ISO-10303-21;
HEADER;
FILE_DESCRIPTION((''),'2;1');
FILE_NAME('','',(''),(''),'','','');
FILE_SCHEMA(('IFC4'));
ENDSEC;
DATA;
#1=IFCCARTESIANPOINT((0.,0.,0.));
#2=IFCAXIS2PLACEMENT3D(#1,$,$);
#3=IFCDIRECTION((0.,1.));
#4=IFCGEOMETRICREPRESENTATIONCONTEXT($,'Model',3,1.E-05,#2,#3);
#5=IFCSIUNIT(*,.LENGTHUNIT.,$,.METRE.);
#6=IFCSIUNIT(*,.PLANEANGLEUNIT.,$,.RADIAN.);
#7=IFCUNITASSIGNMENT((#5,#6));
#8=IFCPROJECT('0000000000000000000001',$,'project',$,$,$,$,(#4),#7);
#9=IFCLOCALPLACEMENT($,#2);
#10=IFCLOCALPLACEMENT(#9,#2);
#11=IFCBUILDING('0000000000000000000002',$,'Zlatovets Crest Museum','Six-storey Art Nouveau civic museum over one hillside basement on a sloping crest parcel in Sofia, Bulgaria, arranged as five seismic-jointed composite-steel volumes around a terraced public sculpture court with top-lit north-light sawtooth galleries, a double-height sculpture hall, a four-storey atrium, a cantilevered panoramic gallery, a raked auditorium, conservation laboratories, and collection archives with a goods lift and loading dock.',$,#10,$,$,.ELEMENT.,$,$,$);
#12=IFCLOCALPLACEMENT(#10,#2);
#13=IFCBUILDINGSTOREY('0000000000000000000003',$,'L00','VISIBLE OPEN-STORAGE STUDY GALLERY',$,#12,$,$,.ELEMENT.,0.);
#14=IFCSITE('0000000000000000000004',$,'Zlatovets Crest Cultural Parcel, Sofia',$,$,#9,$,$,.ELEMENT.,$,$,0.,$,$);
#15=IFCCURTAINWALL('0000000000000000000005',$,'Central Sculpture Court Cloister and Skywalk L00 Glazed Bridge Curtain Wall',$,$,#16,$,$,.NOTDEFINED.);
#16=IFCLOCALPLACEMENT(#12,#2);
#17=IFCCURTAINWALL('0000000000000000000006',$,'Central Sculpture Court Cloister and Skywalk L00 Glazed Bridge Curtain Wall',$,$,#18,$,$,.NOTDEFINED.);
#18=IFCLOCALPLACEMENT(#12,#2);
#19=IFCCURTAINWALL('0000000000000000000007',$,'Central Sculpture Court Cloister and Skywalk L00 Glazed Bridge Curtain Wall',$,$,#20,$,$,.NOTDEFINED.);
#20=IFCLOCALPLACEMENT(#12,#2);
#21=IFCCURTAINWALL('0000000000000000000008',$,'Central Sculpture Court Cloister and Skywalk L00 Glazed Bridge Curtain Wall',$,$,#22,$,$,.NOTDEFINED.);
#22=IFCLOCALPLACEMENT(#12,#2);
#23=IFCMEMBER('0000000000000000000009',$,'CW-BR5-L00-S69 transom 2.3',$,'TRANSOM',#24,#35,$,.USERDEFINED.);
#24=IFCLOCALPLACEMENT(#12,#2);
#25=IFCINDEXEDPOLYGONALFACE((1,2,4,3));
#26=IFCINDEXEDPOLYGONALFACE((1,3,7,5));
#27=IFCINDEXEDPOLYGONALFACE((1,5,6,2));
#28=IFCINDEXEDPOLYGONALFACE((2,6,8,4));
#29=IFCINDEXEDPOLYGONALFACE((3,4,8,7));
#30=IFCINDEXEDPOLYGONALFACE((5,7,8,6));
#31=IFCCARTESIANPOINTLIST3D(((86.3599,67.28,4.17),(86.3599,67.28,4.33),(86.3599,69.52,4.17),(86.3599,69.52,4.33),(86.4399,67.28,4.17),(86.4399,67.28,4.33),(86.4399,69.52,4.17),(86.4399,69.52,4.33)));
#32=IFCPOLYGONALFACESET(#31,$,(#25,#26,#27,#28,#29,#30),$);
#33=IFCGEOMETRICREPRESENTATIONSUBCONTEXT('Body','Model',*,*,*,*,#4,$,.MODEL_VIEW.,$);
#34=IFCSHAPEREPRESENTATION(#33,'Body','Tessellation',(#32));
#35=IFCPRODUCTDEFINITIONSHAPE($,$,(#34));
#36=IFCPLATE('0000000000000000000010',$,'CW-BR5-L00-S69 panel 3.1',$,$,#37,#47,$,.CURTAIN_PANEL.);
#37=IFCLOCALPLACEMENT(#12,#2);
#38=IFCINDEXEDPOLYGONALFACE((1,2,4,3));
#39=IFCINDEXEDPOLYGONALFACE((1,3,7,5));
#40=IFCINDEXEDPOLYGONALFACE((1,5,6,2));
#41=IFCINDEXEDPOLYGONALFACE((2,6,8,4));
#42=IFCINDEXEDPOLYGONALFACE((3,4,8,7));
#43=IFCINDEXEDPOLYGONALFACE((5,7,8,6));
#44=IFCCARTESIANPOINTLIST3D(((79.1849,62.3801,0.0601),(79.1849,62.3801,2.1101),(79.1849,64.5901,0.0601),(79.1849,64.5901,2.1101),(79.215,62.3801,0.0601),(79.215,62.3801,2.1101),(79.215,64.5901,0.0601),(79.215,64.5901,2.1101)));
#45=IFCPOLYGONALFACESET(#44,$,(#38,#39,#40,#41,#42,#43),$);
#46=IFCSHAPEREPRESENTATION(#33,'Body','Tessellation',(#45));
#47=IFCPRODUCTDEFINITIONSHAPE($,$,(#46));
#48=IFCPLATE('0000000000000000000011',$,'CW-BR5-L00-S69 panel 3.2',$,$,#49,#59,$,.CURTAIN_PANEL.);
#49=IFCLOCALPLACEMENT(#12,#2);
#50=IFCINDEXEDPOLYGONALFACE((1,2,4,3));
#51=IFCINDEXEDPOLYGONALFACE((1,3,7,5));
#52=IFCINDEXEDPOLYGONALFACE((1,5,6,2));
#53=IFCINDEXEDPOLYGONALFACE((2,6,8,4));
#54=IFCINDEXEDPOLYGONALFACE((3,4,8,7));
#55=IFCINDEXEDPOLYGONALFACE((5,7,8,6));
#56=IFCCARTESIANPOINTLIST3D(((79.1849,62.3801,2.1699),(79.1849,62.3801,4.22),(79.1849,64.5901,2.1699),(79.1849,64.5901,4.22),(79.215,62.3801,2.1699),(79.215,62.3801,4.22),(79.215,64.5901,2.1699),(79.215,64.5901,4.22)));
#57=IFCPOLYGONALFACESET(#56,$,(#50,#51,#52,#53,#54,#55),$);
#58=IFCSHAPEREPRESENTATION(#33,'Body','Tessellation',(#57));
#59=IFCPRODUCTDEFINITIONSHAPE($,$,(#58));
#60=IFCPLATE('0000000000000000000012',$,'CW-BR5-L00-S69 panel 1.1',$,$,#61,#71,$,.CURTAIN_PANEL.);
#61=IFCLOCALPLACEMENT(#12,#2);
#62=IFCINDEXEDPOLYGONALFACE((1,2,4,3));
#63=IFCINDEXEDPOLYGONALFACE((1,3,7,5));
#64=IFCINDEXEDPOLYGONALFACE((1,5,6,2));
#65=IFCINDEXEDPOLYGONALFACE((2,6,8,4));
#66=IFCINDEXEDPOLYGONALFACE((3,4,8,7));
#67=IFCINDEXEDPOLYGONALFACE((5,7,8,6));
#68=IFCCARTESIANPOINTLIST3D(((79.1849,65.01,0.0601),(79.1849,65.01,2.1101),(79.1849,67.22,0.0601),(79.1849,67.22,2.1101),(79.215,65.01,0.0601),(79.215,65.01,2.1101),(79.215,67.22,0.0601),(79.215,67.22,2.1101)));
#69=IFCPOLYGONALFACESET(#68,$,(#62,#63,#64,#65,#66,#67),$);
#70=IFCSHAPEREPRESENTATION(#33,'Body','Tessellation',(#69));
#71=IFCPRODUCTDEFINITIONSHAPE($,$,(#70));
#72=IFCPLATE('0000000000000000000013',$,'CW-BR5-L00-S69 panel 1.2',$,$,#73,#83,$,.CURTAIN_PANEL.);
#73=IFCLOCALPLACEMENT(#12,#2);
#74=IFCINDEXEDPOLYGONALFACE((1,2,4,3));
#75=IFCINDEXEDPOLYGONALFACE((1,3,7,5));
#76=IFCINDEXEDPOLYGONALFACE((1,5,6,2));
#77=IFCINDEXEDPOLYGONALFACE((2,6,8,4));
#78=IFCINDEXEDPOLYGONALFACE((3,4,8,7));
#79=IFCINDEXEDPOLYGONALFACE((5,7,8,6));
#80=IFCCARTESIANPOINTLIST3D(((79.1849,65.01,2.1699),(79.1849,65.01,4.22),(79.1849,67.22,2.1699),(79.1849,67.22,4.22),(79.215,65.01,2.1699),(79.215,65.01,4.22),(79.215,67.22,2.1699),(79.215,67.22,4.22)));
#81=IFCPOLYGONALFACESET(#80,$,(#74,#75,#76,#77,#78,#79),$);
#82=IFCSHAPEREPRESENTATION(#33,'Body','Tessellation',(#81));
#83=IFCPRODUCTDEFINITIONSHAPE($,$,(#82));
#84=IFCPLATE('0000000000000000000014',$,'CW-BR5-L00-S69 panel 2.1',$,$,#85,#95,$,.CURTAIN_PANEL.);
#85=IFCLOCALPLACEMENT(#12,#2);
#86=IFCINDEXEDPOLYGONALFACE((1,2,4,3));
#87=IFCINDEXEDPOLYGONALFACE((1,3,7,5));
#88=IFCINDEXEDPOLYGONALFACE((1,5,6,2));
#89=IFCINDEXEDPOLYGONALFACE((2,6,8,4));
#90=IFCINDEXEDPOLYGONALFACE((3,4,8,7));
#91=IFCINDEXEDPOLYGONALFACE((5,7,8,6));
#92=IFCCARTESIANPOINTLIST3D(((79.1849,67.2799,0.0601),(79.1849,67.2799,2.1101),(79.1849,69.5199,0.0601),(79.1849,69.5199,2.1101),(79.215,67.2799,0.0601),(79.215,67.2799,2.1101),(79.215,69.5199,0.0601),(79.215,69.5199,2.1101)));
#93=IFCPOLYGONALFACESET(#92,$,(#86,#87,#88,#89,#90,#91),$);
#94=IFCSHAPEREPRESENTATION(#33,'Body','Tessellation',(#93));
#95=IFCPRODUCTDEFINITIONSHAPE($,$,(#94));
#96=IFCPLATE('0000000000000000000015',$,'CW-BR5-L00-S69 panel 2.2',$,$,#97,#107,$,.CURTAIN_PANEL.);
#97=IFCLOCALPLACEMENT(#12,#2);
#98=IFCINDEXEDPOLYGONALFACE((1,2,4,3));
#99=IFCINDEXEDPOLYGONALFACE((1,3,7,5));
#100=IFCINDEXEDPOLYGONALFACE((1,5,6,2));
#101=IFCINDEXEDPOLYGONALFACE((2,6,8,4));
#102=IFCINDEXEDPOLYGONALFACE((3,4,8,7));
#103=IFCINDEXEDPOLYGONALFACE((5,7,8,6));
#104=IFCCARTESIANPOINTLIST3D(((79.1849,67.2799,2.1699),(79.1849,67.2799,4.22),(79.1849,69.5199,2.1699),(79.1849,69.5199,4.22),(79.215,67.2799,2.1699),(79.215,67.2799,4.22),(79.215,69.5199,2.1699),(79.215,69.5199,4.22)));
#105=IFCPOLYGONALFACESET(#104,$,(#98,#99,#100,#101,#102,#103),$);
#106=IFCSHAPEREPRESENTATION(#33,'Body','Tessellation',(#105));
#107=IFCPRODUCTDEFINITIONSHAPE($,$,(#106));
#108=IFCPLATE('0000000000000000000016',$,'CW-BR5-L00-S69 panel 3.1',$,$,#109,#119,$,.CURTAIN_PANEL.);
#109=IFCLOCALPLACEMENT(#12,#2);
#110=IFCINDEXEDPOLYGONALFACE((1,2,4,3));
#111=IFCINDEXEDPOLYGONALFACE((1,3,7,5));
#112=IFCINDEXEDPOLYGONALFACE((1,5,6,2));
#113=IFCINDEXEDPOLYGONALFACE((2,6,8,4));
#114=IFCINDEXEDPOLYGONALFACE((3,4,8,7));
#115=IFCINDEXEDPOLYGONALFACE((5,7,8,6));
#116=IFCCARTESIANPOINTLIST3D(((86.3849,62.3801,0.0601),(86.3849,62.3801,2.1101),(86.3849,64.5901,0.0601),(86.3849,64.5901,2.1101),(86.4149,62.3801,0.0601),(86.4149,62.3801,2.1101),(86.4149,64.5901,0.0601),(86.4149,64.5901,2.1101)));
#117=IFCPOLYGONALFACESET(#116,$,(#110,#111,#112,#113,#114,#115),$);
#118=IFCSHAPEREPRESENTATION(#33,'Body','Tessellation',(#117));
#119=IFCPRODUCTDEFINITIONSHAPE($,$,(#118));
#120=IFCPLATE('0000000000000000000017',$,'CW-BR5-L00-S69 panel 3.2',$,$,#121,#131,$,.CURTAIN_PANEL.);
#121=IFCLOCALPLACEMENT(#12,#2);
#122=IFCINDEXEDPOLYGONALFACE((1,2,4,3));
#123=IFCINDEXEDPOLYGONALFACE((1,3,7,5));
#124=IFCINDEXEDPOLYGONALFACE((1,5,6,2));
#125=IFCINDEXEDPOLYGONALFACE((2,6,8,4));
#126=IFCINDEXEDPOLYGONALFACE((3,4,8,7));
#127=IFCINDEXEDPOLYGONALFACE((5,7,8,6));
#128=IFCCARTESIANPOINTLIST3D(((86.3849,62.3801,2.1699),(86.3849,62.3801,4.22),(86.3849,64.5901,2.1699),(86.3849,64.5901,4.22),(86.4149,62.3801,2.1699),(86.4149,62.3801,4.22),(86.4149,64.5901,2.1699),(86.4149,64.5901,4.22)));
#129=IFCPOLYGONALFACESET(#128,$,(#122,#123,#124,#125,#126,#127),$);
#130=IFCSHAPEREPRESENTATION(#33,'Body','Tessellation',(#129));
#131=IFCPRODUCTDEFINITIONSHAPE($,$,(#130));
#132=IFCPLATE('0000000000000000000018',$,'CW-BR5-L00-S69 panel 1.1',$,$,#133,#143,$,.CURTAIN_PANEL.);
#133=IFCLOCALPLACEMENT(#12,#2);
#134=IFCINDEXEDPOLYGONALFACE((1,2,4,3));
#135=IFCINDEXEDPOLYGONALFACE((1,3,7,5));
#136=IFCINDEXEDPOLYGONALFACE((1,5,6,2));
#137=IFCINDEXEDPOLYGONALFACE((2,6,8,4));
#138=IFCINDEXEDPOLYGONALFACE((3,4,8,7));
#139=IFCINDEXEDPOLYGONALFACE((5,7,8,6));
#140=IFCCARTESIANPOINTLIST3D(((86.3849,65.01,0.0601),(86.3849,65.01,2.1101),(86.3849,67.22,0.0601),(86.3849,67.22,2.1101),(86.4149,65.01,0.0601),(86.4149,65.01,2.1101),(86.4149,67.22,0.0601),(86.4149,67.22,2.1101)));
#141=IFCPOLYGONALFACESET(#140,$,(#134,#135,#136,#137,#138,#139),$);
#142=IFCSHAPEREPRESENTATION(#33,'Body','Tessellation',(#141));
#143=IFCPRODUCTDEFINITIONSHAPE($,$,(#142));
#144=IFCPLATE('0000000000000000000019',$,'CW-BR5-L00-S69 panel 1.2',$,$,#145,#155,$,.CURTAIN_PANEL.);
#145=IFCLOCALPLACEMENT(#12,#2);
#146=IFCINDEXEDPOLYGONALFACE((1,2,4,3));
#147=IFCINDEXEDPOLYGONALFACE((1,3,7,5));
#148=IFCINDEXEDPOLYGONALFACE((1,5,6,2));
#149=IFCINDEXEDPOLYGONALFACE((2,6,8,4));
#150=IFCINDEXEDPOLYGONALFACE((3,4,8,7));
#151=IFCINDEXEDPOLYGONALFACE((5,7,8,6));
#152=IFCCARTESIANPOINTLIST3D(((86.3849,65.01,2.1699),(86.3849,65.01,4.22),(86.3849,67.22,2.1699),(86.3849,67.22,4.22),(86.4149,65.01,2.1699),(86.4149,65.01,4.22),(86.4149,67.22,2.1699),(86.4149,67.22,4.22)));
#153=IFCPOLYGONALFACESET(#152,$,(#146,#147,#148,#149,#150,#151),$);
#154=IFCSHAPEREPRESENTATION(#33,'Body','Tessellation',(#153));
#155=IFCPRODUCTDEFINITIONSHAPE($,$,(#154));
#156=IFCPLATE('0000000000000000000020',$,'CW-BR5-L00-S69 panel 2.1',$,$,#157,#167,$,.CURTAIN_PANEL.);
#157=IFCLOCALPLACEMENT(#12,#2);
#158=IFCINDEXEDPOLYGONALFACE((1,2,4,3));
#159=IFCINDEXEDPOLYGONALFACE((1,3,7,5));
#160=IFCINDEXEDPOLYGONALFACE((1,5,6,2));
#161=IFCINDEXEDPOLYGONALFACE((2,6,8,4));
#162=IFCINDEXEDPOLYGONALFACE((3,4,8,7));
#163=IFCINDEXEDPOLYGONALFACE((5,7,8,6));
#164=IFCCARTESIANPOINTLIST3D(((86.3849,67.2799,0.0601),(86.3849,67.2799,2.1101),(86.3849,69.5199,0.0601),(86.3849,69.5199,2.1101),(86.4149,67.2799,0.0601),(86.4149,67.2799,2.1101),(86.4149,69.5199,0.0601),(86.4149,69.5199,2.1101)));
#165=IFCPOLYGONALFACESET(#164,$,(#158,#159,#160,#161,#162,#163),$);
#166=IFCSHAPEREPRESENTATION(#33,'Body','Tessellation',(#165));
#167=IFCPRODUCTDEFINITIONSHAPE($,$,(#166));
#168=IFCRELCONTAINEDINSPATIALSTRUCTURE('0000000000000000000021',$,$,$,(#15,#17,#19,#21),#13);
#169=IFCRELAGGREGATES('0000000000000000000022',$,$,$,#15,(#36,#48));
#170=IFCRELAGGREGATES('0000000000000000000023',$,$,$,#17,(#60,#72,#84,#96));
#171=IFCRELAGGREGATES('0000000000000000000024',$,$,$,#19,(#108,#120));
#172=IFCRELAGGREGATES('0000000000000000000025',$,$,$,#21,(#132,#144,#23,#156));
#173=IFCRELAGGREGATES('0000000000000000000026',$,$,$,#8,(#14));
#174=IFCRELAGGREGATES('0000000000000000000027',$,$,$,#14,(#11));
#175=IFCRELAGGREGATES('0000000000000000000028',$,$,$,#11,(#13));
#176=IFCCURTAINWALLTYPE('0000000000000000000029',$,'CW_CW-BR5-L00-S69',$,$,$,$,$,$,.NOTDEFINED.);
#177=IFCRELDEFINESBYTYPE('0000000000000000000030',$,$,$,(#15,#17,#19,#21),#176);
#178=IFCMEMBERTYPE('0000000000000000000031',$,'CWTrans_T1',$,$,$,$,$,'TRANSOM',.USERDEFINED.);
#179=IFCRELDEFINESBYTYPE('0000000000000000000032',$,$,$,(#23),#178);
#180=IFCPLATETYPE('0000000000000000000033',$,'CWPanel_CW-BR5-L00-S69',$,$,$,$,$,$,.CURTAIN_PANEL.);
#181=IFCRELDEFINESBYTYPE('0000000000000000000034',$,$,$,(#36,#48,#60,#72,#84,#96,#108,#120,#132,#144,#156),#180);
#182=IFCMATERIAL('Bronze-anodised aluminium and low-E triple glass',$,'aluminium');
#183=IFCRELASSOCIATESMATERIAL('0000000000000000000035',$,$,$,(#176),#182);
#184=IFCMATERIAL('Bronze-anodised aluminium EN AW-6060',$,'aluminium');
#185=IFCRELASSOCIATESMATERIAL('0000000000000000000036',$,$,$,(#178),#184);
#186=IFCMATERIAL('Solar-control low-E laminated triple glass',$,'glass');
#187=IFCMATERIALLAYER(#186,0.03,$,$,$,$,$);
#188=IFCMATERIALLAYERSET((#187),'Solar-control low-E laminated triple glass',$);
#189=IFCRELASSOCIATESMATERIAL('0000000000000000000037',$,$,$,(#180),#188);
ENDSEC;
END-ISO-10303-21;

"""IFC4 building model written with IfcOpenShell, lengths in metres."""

from ifc_helpers import new_model, si_unit, direction, frame, origin, origin_2d, place, context, subcontext, project, spatial, rectangle, extrude, material, layer, layer_set, material_profile, profile_set, type_object, element, aggregate, save


model = new_model("IFC4")

# Units and contexts
model_context = context("Model", 3, precision=1e-05, world=origin(), true_north=direction((0.0, 1.0)))
body_context = subcontext(model_context, "Body", "Model", "MODEL_VIEW")
ifc_project = project(units=[si_unit("LENGTHUNIT", "METRE"), si_unit("PLANEANGLEUNIT", "RADIAN")], contexts=[model_context])

# Site, building, storey
site_placement = place(None, origin())
site = spatial("IfcSite", under=ifc_project, at=site_placement, Name="Zlatovets Crest Cultural Parcel, Sofia", CompositionType="ELEMENT", RefElevation=0.0)
building_placement = place(site_placement, origin())
building = spatial("IfcBuilding", under=site, at=building_placement, Name="Zlatovets Crest Museum", Description="Six-storey Art Nouveau civic museum over one hillside basement on a sloping crest parcel in Sofia, Bulgaria, arranged as five seismic-jointed composite-steel volumes around a terraced public sculpture court with top-lit north-light sawtooth galleries, a double-height sculpture hall, a four-storey atrium, a cantilevered panoramic gallery, a raked auditorium, conservation laboratories, and collection archives with a goods lift and loading dock.", CompositionType="ELEMENT")
storey_placement = place(building_placement, origin())
storey = spatial("IfcBuildingStorey", under=building, at=storey_placement, Name="L00", Description="VISIBLE OPEN-STORAGE STUDY GALLERY", CompositionType="ELEMENT", Elevation=0.0)

# Curtain wall
ifc_material_1 = material(Name="Bronze-anodised aluminium and low-E triple glass", Category="aluminium")
curtain_wall_type = type_object("IfcCurtainWallType", Name="CW_CW-BR5-L00-S69", PredefinedType="NOTDEFINED", material=ifc_material_1)
curtain_wall_1_placement = place(storey_placement, origin())
curtain_wall_1 = element("IfcCurtainWall", 1, at=curtain_wall_1_placement, inside=storey, type_object=curtain_wall_type, Name="Central Sculpture Court Cloister and Skywalk L00 Glazed Bridge Curtain Wall", PredefinedType="NOTDEFINED")
ifc_material_2 = material(Name="Bronze-anodised aluminium EN AW-6060", Category="aluminium")

# Curtain wall
curtain_wall_2_placement = place(storey_placement, origin())
curtain_wall_2 = element("IfcCurtainWall", 2, at=curtain_wall_2_placement, inside=storey, type_object=curtain_wall_type, Name="Central Sculpture Court Cloister and Skywalk L00 Glazed Bridge Curtain Wall", PredefinedType="NOTDEFINED")

# Curtain wall
curtain_wall_3_placement = place(storey_placement, origin())
curtain_wall_3 = element("IfcCurtainWall", 3, at=curtain_wall_3_placement, inside=storey, type_object=curtain_wall_type, Name="Central Sculpture Court Cloister and Skywalk L00 Glazed Bridge Curtain Wall", PredefinedType="NOTDEFINED")

# Curtain wall
curtain_wall_4_placement = place(storey_placement, origin())
curtain_wall_4 = element("IfcCurtainWall", 4, at=curtain_wall_4_placement, inside=storey, type_object=curtain_wall_type, Name="Central Sculpture Court Cloister and Skywalk L00 Glazed Bridge Curtain Wall", PredefinedType="NOTDEFINED")

# Member
ifc_material_profile_1 = material_profile(ifc_material_2, rectangle(XDim=0.0801, YDim=0.1599, at=origin_2d()), Name="ALU 80x160")
ifc_profile_set_1 = profile_set([ifc_material_profile_1], Name="Bronze-anodised aluminium EN AW-6060")
member_type_1 = type_object("IfcMemberType", Name="CWTrans_T1", ElementType="TRANSOM", PredefinedType="USERDEFINED", material=ifc_profile_set_1)
member_1_placement = place(storey_placement, frame((86.3999, 67.28, 4.25), z_axis=(0.0, 1.0, 0.0), x_axis=(-1.0, 0.0, 0.0)))
member_1 = element("IfcMember", 5, at=member_1_placement, type_object=member_type_1, Name="CW-BR5-L00-S69 transom 2.3", ObjectType="TRANSOM", PredefinedType="USERDEFINED", context=body_context, shape_type="SweptSolid", body=[
    extrude(rectangle(XDim=0.0801, YDim=0.1599, at=origin_2d()), origin(), (0.0, 0.0, 1.0), 2.24),
])

# Plates
ifc_material_3 = material(Name="Solar-control low-E laminated triple glass", Category="glass")
ifc_layer = layer(ifc_material_3, 0.03)
ifc_layer_set = layer_set([ifc_layer], Name="Solar-control low-E laminated triple glass")
plate_type = type_object("IfcPlateType", Name="CWPanel_CW-BR5-L00-S69", PredefinedType="CURTAIN_PANEL", material=ifc_layer_set)
plate_1_placement = place(storey_placement, frame((79.2, 63.4851, 0.0601), z_axis=(0.0, 0.0, 1.0), x_axis=(0.0, 1.0, 0.0)))
plate_1 = element("IfcPlate", 6, at=plate_1_placement, type_object=plate_type, Name="CW-BR5-L00-S69 panel 3.1", PredefinedType="CURTAIN_PANEL", context=body_context, shape_type="SweptSolid", body=[
    extrude(rectangle(XDim=2.21, YDim=0.03, at=origin_2d()), origin(), (0.0, 0.0, 1.0), 2.05),
])
plate_2_placement = place(storey_placement, frame((79.2, 63.4851, 2.1699), z_axis=(0.0, 0.0, 1.0), x_axis=(0.0, 1.0, 0.0)))
plate_2 = element("IfcPlate", 7, at=plate_2_placement, type_object=plate_type, Name="CW-BR5-L00-S69 panel 3.2", PredefinedType="CURTAIN_PANEL", context=body_context, shape_type="SweptSolid", body=[
    extrude(rectangle(XDim=2.21, YDim=0.03, at=origin_2d()), origin(), (0.0, 0.0, 1.0), 2.05),
])
aggregate(curtain_wall_1, [plate_1, plate_2])
plate_3_placement = place(storey_placement, frame((79.2, 66.115, 0.0601), z_axis=(0.0, 0.0, 1.0), x_axis=(0.0, 1.0, 0.0)))
plate_3 = element("IfcPlate", 8, at=plate_3_placement, type_object=plate_type, Name="CW-BR5-L00-S69 panel 1.1", PredefinedType="CURTAIN_PANEL", context=body_context, shape_type="SweptSolid", body=[
    extrude(rectangle(XDim=2.21, YDim=0.03, at=origin_2d()), origin(), (0.0, 0.0, 1.0), 2.05),
])
plate_4_placement = place(storey_placement, frame((79.2, 66.115, 2.1699), z_axis=(0.0, 0.0, 1.0), x_axis=(0.0, 1.0, 0.0)))
plate_4 = element("IfcPlate", 9, at=plate_4_placement, type_object=plate_type, Name="CW-BR5-L00-S69 panel 1.2", PredefinedType="CURTAIN_PANEL", context=body_context, shape_type="SweptSolid", body=[
    extrude(rectangle(XDim=2.21, YDim=0.03, at=origin_2d()), origin(), (0.0, 0.0, 1.0), 2.05),
])
plate_5_placement = place(storey_placement, frame((79.2, 68.3999, 0.0601), z_axis=(0.0, 0.0, 1.0), x_axis=(0.0, 1.0, 0.0)))
plate_5 = element("IfcPlate", 10, at=plate_5_placement, type_object=plate_type, Name="CW-BR5-L00-S69 panel 2.1", PredefinedType="CURTAIN_PANEL", context=body_context, shape_type="SweptSolid", body=[
    extrude(rectangle(XDim=2.24, YDim=0.03, at=origin_2d()), origin(), (0.0, 0.0, 1.0), 2.05),
])
plate_6_placement = place(storey_placement, frame((79.2, 68.3999, 2.1699), z_axis=(0.0, 0.0, 1.0), x_axis=(0.0, 1.0, 0.0)))
plate_6 = element("IfcPlate", 11, at=plate_6_placement, type_object=plate_type, Name="CW-BR5-L00-S69 panel 2.2", PredefinedType="CURTAIN_PANEL", context=body_context, shape_type="SweptSolid", body=[
    extrude(rectangle(XDim=2.24, YDim=0.03, at=origin_2d()), origin(), (0.0, 0.0, 1.0), 2.05),
])
aggregate(curtain_wall_2, [plate_3, plate_4, plate_5, plate_6])
plate_7_placement = place(storey_placement, frame((86.3999, 63.4851, 0.0601), z_axis=(0.0, 0.0, 1.0), x_axis=(0.0, 1.0, 0.0)))
plate_7 = element("IfcPlate", 12, at=plate_7_placement, type_object=plate_type, Name="CW-BR5-L00-S69 panel 3.1", PredefinedType="CURTAIN_PANEL", context=body_context, shape_type="SweptSolid", body=[
    extrude(rectangle(XDim=2.21, YDim=0.03, at=origin_2d()), origin(), (0.0, 0.0, 1.0), 2.05),
])
plate_8_placement = place(storey_placement, frame((86.3999, 63.4851, 2.1699), z_axis=(0.0, 0.0, 1.0), x_axis=(0.0, 1.0, 0.0)))
plate_8 = element("IfcPlate", 13, at=plate_8_placement, type_object=plate_type, Name="CW-BR5-L00-S69 panel 3.2", PredefinedType="CURTAIN_PANEL", context=body_context, shape_type="SweptSolid", body=[
    extrude(rectangle(XDim=2.21, YDim=0.03, at=origin_2d()), origin(), (0.0, 0.0, 1.0), 2.05),
])
aggregate(curtain_wall_3, [plate_7, plate_8])
plate_9_placement = place(storey_placement, frame((86.3999, 66.115, 0.0601), z_axis=(0.0, 0.0, 1.0), x_axis=(0.0, 1.0, 0.0)))
plate_9 = element("IfcPlate", 14, at=plate_9_placement, type_object=plate_type, Name="CW-BR5-L00-S69 panel 1.1", PredefinedType="CURTAIN_PANEL", context=body_context, shape_type="SweptSolid", body=[
    extrude(rectangle(XDim=2.21, YDim=0.03, at=origin_2d()), origin(), (0.0, 0.0, 1.0), 2.05),
])
plate_10_placement = place(storey_placement, frame((86.3999, 66.115, 2.1699), z_axis=(0.0, 0.0, 1.0), x_axis=(0.0, 1.0, 0.0)))
plate_10 = element("IfcPlate", 15, at=plate_10_placement, type_object=plate_type, Name="CW-BR5-L00-S69 panel 1.2", PredefinedType="CURTAIN_PANEL", context=body_context, shape_type="SweptSolid", body=[
    extrude(rectangle(XDim=2.21, YDim=0.03, at=origin_2d()), origin(), (0.0, 0.0, 1.0), 2.05),
])
plate_11_placement = place(storey_placement, frame((86.3999, 68.3999, 0.0601), z_axis=(0.0, 0.0, 1.0), x_axis=(0.0, 1.0, 0.0)))
plate_11 = element("IfcPlate", 16, at=plate_11_placement, type_object=plate_type, Name="CW-BR5-L00-S69 panel 2.1", PredefinedType="CURTAIN_PANEL", context=body_context, shape_type="SweptSolid", body=[
    extrude(rectangle(XDim=2.24, YDim=0.03, at=origin_2d()), origin(), (0.0, 0.0, 1.0), 2.05),
])
aggregate(curtain_wall_4, [plate_9, plate_10, member_1, plate_11])

save(model, "model.ifc")
